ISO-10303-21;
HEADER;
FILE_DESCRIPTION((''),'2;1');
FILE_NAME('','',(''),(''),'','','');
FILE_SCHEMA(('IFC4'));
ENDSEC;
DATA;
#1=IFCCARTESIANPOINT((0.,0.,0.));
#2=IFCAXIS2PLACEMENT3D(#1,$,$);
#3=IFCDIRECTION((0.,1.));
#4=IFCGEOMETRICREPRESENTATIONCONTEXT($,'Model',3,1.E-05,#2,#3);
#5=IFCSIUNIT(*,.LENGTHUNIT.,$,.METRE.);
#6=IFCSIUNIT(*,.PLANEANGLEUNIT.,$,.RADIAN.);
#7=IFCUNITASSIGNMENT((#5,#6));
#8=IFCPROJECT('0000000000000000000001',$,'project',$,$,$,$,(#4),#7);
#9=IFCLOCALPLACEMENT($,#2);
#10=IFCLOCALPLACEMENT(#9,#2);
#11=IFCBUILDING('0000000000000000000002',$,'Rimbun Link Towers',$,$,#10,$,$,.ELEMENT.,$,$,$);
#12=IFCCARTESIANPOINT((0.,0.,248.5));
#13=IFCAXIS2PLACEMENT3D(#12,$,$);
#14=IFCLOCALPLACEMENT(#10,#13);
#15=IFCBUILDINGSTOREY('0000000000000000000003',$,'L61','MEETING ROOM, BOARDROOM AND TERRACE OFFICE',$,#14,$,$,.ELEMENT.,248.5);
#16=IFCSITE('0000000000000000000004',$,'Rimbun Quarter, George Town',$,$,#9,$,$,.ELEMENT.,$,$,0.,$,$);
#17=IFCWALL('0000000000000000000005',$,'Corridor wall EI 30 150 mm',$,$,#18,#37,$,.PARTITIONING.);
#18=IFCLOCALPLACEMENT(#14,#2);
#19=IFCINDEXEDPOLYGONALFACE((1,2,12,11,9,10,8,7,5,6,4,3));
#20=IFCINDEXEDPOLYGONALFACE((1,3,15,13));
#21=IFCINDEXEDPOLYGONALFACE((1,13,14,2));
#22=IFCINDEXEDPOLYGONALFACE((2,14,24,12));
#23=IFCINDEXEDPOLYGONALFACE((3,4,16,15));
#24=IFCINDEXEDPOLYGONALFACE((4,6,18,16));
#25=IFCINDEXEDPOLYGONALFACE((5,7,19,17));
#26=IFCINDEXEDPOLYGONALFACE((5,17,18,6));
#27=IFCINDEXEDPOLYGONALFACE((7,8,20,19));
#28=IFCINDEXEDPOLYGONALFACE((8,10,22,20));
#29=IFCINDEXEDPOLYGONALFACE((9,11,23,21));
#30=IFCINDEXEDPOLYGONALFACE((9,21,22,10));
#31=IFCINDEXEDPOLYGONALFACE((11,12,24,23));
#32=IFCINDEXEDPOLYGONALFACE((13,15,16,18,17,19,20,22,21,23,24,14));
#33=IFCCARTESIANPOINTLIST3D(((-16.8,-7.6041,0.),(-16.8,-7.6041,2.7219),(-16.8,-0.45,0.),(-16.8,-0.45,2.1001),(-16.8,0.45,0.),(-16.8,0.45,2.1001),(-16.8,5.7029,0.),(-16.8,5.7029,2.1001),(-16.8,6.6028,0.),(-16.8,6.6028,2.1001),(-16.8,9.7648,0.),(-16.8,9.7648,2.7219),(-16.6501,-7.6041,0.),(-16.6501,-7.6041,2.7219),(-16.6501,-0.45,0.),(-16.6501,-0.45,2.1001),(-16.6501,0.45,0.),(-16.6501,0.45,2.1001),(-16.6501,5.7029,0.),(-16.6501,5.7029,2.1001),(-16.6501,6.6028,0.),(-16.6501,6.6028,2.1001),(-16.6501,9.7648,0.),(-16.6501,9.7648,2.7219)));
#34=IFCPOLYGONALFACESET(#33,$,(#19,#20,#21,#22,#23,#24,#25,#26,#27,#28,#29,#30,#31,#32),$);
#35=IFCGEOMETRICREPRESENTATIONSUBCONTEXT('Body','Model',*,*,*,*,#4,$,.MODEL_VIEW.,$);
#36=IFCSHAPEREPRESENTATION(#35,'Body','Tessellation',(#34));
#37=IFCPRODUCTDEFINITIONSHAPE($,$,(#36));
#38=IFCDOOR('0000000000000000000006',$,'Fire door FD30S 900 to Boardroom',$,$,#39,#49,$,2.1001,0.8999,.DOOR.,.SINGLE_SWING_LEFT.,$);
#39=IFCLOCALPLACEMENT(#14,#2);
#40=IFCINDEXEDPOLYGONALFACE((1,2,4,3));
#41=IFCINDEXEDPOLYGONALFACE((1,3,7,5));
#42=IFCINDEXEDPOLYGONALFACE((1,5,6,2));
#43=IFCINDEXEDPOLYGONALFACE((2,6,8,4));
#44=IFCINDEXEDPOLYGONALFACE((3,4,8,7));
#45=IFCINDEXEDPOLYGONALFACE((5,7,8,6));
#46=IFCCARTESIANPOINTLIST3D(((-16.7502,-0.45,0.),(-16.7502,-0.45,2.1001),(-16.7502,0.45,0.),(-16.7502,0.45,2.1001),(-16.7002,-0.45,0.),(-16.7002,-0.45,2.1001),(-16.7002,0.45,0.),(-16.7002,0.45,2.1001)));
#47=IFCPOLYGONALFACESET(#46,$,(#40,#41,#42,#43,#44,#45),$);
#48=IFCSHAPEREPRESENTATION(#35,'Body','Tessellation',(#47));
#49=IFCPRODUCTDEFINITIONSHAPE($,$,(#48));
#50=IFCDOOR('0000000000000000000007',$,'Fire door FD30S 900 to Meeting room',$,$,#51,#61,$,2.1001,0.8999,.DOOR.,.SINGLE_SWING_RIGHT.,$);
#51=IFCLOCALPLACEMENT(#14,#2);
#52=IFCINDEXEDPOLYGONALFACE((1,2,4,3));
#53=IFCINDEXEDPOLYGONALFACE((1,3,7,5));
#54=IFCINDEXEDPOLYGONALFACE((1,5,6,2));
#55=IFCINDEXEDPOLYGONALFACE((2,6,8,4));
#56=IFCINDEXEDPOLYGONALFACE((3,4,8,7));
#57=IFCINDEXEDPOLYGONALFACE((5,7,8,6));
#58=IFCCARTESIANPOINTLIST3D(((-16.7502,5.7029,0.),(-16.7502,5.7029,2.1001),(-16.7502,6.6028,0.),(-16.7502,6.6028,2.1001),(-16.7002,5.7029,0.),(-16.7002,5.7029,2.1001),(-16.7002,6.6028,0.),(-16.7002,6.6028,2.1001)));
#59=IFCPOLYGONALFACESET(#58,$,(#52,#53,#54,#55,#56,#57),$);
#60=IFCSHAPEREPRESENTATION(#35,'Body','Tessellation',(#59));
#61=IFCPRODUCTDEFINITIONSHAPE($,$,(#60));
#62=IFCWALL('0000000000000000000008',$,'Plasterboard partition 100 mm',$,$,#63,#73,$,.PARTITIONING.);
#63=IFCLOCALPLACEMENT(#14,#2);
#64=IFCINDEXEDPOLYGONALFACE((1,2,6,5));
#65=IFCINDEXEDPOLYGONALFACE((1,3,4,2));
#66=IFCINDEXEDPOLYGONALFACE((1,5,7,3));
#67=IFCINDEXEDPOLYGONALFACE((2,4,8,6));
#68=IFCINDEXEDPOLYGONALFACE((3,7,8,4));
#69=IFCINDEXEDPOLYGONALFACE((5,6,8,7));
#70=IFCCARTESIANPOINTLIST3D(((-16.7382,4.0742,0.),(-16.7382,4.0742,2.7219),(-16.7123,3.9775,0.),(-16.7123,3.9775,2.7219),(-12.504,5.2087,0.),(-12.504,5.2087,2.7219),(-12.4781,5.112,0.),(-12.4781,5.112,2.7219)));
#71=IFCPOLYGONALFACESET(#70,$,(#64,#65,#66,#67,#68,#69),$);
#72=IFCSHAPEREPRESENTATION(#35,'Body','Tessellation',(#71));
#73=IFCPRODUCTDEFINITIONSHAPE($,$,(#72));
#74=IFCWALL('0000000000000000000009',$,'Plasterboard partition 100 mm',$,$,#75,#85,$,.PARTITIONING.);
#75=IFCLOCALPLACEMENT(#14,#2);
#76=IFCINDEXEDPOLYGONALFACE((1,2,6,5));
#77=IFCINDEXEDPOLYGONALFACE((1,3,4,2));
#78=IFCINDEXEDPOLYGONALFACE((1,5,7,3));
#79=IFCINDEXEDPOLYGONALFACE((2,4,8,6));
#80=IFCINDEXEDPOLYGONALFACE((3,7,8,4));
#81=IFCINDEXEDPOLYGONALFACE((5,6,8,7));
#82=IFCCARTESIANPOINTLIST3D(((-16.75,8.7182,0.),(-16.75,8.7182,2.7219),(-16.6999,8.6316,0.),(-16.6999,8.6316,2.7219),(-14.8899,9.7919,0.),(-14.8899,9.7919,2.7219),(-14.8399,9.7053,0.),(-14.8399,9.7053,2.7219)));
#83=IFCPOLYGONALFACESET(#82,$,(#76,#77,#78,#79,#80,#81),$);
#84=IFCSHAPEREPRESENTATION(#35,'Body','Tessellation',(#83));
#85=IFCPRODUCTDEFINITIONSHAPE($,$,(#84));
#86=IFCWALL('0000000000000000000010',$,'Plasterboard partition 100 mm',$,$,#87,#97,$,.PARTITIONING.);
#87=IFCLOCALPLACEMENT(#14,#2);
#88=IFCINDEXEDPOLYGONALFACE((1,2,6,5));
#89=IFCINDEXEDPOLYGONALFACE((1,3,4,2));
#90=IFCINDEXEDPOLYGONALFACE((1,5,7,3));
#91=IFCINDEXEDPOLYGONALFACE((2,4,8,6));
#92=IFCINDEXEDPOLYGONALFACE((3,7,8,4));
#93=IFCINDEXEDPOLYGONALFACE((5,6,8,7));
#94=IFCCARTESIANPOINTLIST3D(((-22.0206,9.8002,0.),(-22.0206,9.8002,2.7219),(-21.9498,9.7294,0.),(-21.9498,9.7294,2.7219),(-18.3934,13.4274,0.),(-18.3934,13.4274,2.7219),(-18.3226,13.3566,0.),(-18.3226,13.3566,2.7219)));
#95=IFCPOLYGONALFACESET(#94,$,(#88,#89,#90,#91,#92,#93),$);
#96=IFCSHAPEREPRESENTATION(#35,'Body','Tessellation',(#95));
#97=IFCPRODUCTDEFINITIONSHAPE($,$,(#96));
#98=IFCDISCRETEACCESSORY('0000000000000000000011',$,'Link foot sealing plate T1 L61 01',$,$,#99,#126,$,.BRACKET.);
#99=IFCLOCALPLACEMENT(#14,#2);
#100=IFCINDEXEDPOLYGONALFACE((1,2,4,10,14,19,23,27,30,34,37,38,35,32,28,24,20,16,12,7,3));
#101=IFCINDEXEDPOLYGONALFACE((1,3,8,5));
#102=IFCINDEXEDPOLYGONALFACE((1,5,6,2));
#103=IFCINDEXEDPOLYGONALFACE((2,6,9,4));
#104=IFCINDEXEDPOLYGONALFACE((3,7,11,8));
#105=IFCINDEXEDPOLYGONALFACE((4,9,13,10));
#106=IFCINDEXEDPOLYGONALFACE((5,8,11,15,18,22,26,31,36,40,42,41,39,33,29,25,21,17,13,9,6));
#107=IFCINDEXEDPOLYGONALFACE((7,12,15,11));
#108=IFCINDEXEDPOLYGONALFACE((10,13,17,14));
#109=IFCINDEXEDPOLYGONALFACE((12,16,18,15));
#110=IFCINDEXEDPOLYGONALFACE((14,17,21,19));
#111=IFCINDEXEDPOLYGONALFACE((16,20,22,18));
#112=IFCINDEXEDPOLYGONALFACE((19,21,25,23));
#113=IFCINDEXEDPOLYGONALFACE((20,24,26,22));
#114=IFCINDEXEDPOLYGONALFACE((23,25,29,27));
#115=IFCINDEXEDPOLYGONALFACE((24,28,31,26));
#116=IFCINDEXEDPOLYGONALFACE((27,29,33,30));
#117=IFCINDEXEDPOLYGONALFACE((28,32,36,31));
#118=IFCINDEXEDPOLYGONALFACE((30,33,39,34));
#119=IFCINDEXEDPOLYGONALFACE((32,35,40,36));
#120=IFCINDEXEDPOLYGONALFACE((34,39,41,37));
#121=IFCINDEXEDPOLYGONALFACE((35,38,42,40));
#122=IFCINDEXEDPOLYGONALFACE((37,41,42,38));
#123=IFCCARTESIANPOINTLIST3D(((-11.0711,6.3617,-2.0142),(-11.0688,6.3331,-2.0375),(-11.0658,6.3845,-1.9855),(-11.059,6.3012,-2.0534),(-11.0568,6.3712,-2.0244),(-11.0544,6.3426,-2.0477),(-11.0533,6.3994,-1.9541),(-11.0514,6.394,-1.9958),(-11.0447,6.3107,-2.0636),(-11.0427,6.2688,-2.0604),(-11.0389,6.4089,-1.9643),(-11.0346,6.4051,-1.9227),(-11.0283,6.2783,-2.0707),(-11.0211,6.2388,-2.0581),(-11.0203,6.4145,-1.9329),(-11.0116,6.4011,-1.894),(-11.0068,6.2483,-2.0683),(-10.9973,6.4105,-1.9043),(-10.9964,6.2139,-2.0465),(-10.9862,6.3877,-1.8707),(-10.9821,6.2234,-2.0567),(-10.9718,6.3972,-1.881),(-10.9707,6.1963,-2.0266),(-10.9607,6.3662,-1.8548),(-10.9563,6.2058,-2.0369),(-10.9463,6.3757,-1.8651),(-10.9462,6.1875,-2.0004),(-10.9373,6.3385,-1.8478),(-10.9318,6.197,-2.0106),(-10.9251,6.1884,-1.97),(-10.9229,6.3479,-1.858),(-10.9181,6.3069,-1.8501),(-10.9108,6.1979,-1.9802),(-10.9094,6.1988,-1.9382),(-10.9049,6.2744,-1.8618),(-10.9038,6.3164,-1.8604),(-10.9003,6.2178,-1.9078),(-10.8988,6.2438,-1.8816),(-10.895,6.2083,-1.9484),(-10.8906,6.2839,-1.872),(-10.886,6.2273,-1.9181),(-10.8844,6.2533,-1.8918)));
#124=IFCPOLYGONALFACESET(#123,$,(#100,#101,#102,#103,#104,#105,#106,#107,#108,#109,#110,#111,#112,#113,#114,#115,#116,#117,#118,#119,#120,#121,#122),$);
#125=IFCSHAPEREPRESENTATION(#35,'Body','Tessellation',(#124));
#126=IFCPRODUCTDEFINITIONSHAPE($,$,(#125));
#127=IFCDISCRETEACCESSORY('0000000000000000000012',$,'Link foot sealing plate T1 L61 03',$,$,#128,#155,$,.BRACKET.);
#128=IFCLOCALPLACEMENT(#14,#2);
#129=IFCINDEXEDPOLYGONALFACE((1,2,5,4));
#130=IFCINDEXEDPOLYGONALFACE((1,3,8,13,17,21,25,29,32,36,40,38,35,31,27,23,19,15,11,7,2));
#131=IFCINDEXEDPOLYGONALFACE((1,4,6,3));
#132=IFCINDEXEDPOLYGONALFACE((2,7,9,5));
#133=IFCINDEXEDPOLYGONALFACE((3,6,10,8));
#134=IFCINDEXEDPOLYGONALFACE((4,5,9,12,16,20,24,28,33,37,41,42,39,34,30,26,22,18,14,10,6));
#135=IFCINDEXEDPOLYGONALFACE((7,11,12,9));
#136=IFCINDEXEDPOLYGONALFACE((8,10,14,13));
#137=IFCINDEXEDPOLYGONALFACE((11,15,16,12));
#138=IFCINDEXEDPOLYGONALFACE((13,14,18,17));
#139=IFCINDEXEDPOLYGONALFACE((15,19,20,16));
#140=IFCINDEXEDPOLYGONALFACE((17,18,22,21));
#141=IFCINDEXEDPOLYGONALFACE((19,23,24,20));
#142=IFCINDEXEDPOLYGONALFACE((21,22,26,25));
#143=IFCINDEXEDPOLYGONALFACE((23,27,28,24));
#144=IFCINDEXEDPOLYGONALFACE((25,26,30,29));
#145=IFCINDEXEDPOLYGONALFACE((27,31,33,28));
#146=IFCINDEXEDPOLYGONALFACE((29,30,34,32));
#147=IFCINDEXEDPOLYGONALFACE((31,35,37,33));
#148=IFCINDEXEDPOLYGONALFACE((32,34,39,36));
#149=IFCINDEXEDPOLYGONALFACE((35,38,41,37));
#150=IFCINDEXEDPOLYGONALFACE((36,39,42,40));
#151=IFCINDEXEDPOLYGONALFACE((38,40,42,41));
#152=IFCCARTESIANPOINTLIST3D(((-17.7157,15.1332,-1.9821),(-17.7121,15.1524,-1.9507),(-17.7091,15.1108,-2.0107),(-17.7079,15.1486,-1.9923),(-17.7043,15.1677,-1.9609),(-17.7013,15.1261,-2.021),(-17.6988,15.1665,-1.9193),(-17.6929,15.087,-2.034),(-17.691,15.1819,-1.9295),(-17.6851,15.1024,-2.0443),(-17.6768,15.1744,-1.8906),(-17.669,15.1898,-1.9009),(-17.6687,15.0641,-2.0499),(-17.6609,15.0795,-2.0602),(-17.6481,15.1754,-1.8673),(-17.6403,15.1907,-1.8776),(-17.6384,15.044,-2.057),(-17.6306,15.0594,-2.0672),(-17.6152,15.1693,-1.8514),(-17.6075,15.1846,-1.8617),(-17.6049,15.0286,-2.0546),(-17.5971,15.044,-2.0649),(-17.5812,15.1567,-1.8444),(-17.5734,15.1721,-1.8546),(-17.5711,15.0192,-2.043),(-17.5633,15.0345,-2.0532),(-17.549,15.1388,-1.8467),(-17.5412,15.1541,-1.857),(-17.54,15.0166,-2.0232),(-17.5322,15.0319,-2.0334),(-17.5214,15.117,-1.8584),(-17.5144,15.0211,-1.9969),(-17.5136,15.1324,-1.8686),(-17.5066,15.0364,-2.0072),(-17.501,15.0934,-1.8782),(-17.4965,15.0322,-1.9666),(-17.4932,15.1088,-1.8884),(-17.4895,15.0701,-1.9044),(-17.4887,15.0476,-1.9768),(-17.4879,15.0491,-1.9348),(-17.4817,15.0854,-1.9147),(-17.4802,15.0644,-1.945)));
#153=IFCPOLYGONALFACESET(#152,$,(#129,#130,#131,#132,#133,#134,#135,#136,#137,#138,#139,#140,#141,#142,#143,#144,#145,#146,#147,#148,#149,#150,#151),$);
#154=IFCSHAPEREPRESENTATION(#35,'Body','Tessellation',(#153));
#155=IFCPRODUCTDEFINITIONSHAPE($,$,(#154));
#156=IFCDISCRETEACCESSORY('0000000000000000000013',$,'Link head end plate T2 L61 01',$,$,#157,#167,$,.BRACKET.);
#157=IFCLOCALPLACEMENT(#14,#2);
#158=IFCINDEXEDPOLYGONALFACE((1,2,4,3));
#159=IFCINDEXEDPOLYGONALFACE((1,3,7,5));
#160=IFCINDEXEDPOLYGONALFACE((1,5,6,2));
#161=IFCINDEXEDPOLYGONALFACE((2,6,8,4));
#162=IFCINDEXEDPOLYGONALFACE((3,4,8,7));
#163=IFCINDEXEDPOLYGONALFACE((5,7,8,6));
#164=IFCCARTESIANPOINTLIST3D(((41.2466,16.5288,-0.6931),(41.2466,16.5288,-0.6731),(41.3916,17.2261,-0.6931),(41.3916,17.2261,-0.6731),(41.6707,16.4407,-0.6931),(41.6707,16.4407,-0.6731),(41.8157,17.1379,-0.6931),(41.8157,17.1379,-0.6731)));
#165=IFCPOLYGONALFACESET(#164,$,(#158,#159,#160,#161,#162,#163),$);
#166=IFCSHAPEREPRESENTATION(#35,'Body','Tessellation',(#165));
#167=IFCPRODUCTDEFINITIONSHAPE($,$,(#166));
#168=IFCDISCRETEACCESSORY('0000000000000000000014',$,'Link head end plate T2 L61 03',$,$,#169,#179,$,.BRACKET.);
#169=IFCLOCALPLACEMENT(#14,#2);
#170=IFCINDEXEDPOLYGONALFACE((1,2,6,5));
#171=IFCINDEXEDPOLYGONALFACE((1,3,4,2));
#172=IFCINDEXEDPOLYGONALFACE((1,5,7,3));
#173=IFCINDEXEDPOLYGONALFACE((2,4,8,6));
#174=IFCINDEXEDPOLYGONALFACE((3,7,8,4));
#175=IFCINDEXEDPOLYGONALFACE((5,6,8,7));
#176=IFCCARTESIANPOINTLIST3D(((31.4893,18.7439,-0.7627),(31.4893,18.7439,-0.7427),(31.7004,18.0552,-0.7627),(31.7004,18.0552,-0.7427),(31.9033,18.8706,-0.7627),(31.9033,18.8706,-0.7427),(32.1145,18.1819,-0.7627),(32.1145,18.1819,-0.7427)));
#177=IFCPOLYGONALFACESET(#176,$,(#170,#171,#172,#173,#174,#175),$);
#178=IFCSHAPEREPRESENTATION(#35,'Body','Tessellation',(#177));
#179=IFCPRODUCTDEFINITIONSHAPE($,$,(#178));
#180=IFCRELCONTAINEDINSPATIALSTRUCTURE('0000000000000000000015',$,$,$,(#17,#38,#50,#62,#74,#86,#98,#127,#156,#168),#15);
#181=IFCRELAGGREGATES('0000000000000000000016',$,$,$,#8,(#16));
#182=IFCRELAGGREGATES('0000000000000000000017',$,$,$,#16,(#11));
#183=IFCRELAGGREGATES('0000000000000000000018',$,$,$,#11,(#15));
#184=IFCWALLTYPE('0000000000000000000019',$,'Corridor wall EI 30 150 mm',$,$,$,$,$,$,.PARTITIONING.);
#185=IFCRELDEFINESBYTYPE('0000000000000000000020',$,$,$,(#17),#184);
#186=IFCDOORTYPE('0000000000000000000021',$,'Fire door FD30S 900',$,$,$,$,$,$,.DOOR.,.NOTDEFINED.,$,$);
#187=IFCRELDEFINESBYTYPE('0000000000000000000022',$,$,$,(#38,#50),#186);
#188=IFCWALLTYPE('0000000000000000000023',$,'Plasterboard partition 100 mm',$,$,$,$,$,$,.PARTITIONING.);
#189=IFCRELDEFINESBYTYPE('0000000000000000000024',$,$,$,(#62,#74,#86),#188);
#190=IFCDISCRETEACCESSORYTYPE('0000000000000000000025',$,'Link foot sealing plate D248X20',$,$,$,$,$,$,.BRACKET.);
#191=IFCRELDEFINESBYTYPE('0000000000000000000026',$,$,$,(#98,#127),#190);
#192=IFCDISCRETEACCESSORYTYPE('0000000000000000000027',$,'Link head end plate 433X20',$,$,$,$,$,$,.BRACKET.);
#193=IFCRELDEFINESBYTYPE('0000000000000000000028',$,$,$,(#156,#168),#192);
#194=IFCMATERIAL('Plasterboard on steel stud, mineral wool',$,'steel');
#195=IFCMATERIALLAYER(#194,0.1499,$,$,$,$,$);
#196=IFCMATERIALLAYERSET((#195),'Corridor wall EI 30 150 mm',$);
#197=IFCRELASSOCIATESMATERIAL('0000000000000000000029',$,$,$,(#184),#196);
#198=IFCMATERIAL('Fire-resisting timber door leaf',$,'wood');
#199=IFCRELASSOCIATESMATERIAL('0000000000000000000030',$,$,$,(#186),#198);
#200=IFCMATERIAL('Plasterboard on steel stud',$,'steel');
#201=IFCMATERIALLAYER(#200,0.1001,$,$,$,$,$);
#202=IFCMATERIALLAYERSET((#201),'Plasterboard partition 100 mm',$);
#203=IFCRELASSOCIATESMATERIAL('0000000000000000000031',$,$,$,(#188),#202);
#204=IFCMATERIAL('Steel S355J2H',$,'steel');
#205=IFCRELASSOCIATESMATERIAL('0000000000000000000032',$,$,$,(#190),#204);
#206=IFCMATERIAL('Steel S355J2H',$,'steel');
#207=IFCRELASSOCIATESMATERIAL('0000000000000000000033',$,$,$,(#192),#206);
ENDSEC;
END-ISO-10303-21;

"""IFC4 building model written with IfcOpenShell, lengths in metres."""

from ifc_helpers import new_model, si_unit, direction, frame, frame_2d, origin, origin_2d, place, context, subcontext, project, spatial, polyline, rectangle, circle, outline, extrude, material, layer, layer_set, material_profile, profile_set, type_object, element, fill, save


model = new_model("IFC4")

# Units and contexts
model_context = context("Model", 3, precision=1e-05, world=origin(), true_north=direction((0.0, 1.0)))
body_context = subcontext(model_context, "Body", "Model", "MODEL_VIEW")
ifc_project = project(units=[si_unit("LENGTHUNIT", "METRE"), si_unit("PLANEANGLEUNIT", "RADIAN")], contexts=[model_context])

# Site, building, storey
site_placement = place(None, origin())
site = spatial("IfcSite", under=ifc_project, at=site_placement, Name="Rimbun Quarter, George Town", CompositionType="ELEMENT", RefElevation=0.0)
building_placement = place(site_placement, origin())
building = spatial("IfcBuilding", under=site, at=building_placement, Name="Rimbun Link Towers", CompositionType="ELEMENT")
storey_placement = place(building_placement, frame((0.0, 0.0, 248.5)))
storey = spatial("IfcBuildingStorey", under=building, at=storey_placement, Name="L61", Description="MEETING ROOM, BOARDROOM AND TERRACE OFFICE", CompositionType="ELEMENT", Elevation=248.5)

# Wall, openings, doors
ifc_material_1 = material(Name="Plasterboard on steel stud, mineral wool", Category="steel")
ifc_layer_1 = layer(ifc_material_1, 0.1499)
ifc_layer_set_1 = layer_set([ifc_layer_1], Name="Corridor wall EI 30 150 mm")
wall_type_1 = type_object("IfcWallType", Name="Corridor wall EI 30 150 mm", PredefinedType="PARTITIONING", material=ifc_layer_set_1)
wall_1_placement = place(storey_placement, frame((-16.7251, 9.7649, 0.0), z_axis=(0.0, 0.0, 1.0), x_axis=(0.0, -1.0, 0.0)))
wall_1 = element("IfcWall", 1, at=wall_1_placement, inside=storey, type_object=wall_type_1, Name="Corridor wall EI 30 150 mm", PredefinedType="PARTITIONING", context=body_context, shape_type="SweptSolid", body=[
    extrude(rectangle(XDim=17.3689, YDim=0.1499, at=frame_2d((8.6846, 0.0))), origin(), (0.0, 0.0, 1.0), 2.7219),
])
opening_1_placement = place(wall_1_placement, frame((9.3149, 0.0, 0.0)))
opening_1 = element("IfcOpeningElement", 2, at=opening_1_placement, cuts=wall_1, PredefinedType="OPENING", context=body_context, shape_type="SweptSolid", body=[
    extrude(rectangle(XDim=0.8999, YDim=2.1001, at=frame_2d((0.45, 1.05))), frame((0.0, 0.085, 0.0), z_axis=(0.0, -1.0, 0.0), x_axis=(1.0, 0.0, 0.0)), (0.0, 0.0, 1.0), 0.1699),
])
opening_2_placement = place(wall_1_placement, frame((3.1621, 0.0, 0.0)))
opening_2 = element("IfcOpeningElement", 3, at=opening_2_placement, cuts=wall_1, PredefinedType="OPENING", context=body_context, shape_type="SweptSolid", body=[
    extrude(rectangle(XDim=0.8999, YDim=2.1001, at=frame_2d((0.45, 1.05))), frame((0.0, 0.085, 0.0), z_axis=(0.0, -1.0, 0.0), x_axis=(1.0, 0.0, 0.0)), (0.0, 0.0, 1.0), 0.1699),
])
ifc_material_2 = material(Name="Fire-resisting timber door leaf", Category="wood")
door_type = type_object("IfcDoorType", Name="Fire door FD30S 900", OperationType="NOTDEFINED", PredefinedType="DOOR", material=ifc_material_2)
door_1_placement = place(opening_1_placement, origin())
door_1 = element("IfcDoor", 4, at=door_1_placement, inside=storey, type_object=door_type, Name="Fire door FD30S 900 to Boardroom", OperationType="SINGLE_SWING_LEFT", OverallHeight=2.1001, OverallWidth=0.8999, PredefinedType="DOOR", context=body_context, shape_type="SweptSolid", body=[
    extrude(rectangle(XDim=0.8999, YDim=2.1001, at=frame_2d((0.45, 1.05))), frame((0.0, 0.0249, 0.0), z_axis=(0.0, -1.0, 0.0), x_axis=(1.0, 0.0, 0.0)), (0.0, 0.0, 1.0), 0.05),
])
fill(opening_1, door_1)
door_2_placement = place(opening_2_placement, origin())
door_2 = element("IfcDoor", 5, at=door_2_placement, inside=storey, type_object=door_type, Name="Fire door FD30S 900 to Meeting room", OperationType="SINGLE_SWING_RIGHT", OverallHeight=2.1001, OverallWidth=0.8999, PredefinedType="DOOR", context=body_context, shape_type="SweptSolid", body=[
    extrude(rectangle(XDim=0.8999, YDim=2.1001, at=frame_2d((0.45, 1.05))), frame((0.0, 0.0249, 0.0), z_axis=(0.0, -1.0, 0.0), x_axis=(1.0, 0.0, 0.0)), (0.0, 0.0, 1.0), 0.05),
])
fill(opening_2, door_2)

# Walls
ifc_material_3 = material(Name="Plasterboard on steel stud", Category="steel")
ifc_layer_2 = layer(ifc_material_3, 0.1001)
ifc_layer_set_2 = layer_set([ifc_layer_2], Name="Plasterboard partition 100 mm")
wall_type_2 = type_object("IfcWallType", Name="Plasterboard partition 100 mm", PredefinedType="PARTITIONING", material=ifc_layer_set_2)
wall_2_placement = place(storey_placement, frame((-12.491, 5.1604, 0.0), z_axis=(0.0, 0.0, 1.0), x_axis=(-0.965926, -0.258817, 0.0)))
element("IfcWall", 6, at=wall_2_placement, inside=storey, type_object=wall_type_2, Name="Plasterboard partition 100 mm", PredefinedType="PARTITIONING", context=body_context, shape_type="SweptSolid", body=[
    extrude(rectangle(XDim=4.3835, YDim=0.1001, at=frame_2d((2.1919, 0.0))), origin(), (0.0, 0.0, 1.0), 2.7219),
])
wall_3_placement = place(storey_placement, frame((-14.865, 9.7485, 0.0), z_axis=(0.0, 0.0, 1.0), x_axis=(-0.866066, -0.499929, 0.0)))
element("IfcWall", 7, at=wall_3_placement, inside=storey, type_object=wall_type_2, Name="Plasterboard partition 100 mm", PredefinedType="PARTITIONING", context=body_context, shape_type="SweptSolid", body=[
    extrude(rectangle(XDim=2.1477, YDim=0.1001, at=frame_2d((1.0737, 0.0))), origin(), (0.0, 0.0, 1.0), 2.7219),
])
wall_4_placement = place(storey_placement, frame((-18.3579, 13.3921, 0.0), z_axis=(0.0, 0.0, 1.0), x_axis=(-0.707107, -0.707107, 0.0)))
element("IfcWall", 8, at=wall_4_placement, inside=storey, type_object=wall_type_2, Name="Plasterboard partition 100 mm", PredefinedType="PARTITIONING", context=body_context, shape_type="SweptSolid", body=[
    extrude(rectangle(XDim=5.1296, YDim=0.1001, at=frame_2d((2.5649, 0.0))), origin(), (0.0, 0.0, 1.0), 2.7219),
])

# Discrete accessories
ifc_material_4 = material(Name="Steel S355J2H", Category="steel")
ifc_material_profile_1 = material_profile(ifc_material_4, circle(Radius=0.124, at=origin_2d()), Name="PL D248")
ifc_profile_set_1 = profile_set([ifc_material_profile_1], Name="Steel S355J2H")
discrete_accessory_type_1 = type_object("IfcDiscreteAccessoryType", Name="Link foot sealing plate D248X20", PredefinedType="BRACKET", material=ifc_profile_set_1)
for number, where, z_axis, x_axis, name in (
    (9, (-10.9849, 6.2959, -1.9541), (0.717276, 0.474131, -0.510603), (-0.551433, 0.834219, 0.0), "Link foot sealing plate T1 L61 01"),
    (10, (-17.6016, 15.0962, -1.9507), (0.38929, 0.766414, -0.510943), (-0.891579, 0.452865, 0.0), "Link foot sealing plate T1 L61 03"),
):
    element("IfcDiscreteAccessory", number, at=place(storey_placement, frame(where, z_axis=z_axis, x_axis=x_axis)), inside=storey, type_object=discrete_accessory_type_1, Name=name, PredefinedType="BRACKET", context=body_context, shape_type="SweptSolid", body=[
        extrude(circle(Radius=0.124, at=origin_2d()), origin(), (0.0, 0.0, 1.0), 0.02),
    ])
ifc_material_5 = material(Name="Steel S355J2H", Category="steel")
ifc_material_profile_2 = material_profile(ifc_material_5, rectangle(XDim=0.4331, YDim=0.4331, at=origin_2d()), Name="PL 433x433")
ifc_profile_set_2 = profile_set([ifc_material_profile_2], Name="Steel S355J2H")
discrete_accessory_type_2 = type_object("IfcDiscreteAccessoryType", Name="Link head end plate 433X20", PredefinedType="BRACKET", material=ifc_profile_set_2)
discrete_accessory_1_placement = place(storey_placement, frame((0.0, 0.0, -0.6931)))
element("IfcDiscreteAccessory", 11, at=discrete_accessory_1_placement, inside=storey, type_object=discrete_accessory_type_2, Name="Link head end plate T2 L61 01", PredefinedType="BRACKET", context=body_context, shape_type="SweptSolid", body=[
    extrude(outline(polyline([(41.6707, 16.4407), (41.8157, 17.1379), (41.3916, 17.2261), (41.2466, 16.5288), (41.6707, 16.4407)])), origin(), (0.0, 0.0, 1.0), 0.02),
])
discrete_accessory_2_placement = place(storey_placement, frame((0.0, 0.0, -0.7627)))
element("IfcDiscreteAccessory", 12, at=discrete_accessory_2_placement, inside=storey, type_object=discrete_accessory_type_2, Name="Link head end plate T2 L61 03", PredefinedType="BRACKET", context=body_context, shape_type="SweptSolid", body=[
    extrude(outline(polyline([(32.1145, 18.1819), (31.9033, 18.8706), (31.4893, 18.7439), (31.7004, 18.0552), (32.1145, 18.1819)])), origin(), (0.0, 0.0, 1.0), 0.02),
])

save(model, "model.ifc")
